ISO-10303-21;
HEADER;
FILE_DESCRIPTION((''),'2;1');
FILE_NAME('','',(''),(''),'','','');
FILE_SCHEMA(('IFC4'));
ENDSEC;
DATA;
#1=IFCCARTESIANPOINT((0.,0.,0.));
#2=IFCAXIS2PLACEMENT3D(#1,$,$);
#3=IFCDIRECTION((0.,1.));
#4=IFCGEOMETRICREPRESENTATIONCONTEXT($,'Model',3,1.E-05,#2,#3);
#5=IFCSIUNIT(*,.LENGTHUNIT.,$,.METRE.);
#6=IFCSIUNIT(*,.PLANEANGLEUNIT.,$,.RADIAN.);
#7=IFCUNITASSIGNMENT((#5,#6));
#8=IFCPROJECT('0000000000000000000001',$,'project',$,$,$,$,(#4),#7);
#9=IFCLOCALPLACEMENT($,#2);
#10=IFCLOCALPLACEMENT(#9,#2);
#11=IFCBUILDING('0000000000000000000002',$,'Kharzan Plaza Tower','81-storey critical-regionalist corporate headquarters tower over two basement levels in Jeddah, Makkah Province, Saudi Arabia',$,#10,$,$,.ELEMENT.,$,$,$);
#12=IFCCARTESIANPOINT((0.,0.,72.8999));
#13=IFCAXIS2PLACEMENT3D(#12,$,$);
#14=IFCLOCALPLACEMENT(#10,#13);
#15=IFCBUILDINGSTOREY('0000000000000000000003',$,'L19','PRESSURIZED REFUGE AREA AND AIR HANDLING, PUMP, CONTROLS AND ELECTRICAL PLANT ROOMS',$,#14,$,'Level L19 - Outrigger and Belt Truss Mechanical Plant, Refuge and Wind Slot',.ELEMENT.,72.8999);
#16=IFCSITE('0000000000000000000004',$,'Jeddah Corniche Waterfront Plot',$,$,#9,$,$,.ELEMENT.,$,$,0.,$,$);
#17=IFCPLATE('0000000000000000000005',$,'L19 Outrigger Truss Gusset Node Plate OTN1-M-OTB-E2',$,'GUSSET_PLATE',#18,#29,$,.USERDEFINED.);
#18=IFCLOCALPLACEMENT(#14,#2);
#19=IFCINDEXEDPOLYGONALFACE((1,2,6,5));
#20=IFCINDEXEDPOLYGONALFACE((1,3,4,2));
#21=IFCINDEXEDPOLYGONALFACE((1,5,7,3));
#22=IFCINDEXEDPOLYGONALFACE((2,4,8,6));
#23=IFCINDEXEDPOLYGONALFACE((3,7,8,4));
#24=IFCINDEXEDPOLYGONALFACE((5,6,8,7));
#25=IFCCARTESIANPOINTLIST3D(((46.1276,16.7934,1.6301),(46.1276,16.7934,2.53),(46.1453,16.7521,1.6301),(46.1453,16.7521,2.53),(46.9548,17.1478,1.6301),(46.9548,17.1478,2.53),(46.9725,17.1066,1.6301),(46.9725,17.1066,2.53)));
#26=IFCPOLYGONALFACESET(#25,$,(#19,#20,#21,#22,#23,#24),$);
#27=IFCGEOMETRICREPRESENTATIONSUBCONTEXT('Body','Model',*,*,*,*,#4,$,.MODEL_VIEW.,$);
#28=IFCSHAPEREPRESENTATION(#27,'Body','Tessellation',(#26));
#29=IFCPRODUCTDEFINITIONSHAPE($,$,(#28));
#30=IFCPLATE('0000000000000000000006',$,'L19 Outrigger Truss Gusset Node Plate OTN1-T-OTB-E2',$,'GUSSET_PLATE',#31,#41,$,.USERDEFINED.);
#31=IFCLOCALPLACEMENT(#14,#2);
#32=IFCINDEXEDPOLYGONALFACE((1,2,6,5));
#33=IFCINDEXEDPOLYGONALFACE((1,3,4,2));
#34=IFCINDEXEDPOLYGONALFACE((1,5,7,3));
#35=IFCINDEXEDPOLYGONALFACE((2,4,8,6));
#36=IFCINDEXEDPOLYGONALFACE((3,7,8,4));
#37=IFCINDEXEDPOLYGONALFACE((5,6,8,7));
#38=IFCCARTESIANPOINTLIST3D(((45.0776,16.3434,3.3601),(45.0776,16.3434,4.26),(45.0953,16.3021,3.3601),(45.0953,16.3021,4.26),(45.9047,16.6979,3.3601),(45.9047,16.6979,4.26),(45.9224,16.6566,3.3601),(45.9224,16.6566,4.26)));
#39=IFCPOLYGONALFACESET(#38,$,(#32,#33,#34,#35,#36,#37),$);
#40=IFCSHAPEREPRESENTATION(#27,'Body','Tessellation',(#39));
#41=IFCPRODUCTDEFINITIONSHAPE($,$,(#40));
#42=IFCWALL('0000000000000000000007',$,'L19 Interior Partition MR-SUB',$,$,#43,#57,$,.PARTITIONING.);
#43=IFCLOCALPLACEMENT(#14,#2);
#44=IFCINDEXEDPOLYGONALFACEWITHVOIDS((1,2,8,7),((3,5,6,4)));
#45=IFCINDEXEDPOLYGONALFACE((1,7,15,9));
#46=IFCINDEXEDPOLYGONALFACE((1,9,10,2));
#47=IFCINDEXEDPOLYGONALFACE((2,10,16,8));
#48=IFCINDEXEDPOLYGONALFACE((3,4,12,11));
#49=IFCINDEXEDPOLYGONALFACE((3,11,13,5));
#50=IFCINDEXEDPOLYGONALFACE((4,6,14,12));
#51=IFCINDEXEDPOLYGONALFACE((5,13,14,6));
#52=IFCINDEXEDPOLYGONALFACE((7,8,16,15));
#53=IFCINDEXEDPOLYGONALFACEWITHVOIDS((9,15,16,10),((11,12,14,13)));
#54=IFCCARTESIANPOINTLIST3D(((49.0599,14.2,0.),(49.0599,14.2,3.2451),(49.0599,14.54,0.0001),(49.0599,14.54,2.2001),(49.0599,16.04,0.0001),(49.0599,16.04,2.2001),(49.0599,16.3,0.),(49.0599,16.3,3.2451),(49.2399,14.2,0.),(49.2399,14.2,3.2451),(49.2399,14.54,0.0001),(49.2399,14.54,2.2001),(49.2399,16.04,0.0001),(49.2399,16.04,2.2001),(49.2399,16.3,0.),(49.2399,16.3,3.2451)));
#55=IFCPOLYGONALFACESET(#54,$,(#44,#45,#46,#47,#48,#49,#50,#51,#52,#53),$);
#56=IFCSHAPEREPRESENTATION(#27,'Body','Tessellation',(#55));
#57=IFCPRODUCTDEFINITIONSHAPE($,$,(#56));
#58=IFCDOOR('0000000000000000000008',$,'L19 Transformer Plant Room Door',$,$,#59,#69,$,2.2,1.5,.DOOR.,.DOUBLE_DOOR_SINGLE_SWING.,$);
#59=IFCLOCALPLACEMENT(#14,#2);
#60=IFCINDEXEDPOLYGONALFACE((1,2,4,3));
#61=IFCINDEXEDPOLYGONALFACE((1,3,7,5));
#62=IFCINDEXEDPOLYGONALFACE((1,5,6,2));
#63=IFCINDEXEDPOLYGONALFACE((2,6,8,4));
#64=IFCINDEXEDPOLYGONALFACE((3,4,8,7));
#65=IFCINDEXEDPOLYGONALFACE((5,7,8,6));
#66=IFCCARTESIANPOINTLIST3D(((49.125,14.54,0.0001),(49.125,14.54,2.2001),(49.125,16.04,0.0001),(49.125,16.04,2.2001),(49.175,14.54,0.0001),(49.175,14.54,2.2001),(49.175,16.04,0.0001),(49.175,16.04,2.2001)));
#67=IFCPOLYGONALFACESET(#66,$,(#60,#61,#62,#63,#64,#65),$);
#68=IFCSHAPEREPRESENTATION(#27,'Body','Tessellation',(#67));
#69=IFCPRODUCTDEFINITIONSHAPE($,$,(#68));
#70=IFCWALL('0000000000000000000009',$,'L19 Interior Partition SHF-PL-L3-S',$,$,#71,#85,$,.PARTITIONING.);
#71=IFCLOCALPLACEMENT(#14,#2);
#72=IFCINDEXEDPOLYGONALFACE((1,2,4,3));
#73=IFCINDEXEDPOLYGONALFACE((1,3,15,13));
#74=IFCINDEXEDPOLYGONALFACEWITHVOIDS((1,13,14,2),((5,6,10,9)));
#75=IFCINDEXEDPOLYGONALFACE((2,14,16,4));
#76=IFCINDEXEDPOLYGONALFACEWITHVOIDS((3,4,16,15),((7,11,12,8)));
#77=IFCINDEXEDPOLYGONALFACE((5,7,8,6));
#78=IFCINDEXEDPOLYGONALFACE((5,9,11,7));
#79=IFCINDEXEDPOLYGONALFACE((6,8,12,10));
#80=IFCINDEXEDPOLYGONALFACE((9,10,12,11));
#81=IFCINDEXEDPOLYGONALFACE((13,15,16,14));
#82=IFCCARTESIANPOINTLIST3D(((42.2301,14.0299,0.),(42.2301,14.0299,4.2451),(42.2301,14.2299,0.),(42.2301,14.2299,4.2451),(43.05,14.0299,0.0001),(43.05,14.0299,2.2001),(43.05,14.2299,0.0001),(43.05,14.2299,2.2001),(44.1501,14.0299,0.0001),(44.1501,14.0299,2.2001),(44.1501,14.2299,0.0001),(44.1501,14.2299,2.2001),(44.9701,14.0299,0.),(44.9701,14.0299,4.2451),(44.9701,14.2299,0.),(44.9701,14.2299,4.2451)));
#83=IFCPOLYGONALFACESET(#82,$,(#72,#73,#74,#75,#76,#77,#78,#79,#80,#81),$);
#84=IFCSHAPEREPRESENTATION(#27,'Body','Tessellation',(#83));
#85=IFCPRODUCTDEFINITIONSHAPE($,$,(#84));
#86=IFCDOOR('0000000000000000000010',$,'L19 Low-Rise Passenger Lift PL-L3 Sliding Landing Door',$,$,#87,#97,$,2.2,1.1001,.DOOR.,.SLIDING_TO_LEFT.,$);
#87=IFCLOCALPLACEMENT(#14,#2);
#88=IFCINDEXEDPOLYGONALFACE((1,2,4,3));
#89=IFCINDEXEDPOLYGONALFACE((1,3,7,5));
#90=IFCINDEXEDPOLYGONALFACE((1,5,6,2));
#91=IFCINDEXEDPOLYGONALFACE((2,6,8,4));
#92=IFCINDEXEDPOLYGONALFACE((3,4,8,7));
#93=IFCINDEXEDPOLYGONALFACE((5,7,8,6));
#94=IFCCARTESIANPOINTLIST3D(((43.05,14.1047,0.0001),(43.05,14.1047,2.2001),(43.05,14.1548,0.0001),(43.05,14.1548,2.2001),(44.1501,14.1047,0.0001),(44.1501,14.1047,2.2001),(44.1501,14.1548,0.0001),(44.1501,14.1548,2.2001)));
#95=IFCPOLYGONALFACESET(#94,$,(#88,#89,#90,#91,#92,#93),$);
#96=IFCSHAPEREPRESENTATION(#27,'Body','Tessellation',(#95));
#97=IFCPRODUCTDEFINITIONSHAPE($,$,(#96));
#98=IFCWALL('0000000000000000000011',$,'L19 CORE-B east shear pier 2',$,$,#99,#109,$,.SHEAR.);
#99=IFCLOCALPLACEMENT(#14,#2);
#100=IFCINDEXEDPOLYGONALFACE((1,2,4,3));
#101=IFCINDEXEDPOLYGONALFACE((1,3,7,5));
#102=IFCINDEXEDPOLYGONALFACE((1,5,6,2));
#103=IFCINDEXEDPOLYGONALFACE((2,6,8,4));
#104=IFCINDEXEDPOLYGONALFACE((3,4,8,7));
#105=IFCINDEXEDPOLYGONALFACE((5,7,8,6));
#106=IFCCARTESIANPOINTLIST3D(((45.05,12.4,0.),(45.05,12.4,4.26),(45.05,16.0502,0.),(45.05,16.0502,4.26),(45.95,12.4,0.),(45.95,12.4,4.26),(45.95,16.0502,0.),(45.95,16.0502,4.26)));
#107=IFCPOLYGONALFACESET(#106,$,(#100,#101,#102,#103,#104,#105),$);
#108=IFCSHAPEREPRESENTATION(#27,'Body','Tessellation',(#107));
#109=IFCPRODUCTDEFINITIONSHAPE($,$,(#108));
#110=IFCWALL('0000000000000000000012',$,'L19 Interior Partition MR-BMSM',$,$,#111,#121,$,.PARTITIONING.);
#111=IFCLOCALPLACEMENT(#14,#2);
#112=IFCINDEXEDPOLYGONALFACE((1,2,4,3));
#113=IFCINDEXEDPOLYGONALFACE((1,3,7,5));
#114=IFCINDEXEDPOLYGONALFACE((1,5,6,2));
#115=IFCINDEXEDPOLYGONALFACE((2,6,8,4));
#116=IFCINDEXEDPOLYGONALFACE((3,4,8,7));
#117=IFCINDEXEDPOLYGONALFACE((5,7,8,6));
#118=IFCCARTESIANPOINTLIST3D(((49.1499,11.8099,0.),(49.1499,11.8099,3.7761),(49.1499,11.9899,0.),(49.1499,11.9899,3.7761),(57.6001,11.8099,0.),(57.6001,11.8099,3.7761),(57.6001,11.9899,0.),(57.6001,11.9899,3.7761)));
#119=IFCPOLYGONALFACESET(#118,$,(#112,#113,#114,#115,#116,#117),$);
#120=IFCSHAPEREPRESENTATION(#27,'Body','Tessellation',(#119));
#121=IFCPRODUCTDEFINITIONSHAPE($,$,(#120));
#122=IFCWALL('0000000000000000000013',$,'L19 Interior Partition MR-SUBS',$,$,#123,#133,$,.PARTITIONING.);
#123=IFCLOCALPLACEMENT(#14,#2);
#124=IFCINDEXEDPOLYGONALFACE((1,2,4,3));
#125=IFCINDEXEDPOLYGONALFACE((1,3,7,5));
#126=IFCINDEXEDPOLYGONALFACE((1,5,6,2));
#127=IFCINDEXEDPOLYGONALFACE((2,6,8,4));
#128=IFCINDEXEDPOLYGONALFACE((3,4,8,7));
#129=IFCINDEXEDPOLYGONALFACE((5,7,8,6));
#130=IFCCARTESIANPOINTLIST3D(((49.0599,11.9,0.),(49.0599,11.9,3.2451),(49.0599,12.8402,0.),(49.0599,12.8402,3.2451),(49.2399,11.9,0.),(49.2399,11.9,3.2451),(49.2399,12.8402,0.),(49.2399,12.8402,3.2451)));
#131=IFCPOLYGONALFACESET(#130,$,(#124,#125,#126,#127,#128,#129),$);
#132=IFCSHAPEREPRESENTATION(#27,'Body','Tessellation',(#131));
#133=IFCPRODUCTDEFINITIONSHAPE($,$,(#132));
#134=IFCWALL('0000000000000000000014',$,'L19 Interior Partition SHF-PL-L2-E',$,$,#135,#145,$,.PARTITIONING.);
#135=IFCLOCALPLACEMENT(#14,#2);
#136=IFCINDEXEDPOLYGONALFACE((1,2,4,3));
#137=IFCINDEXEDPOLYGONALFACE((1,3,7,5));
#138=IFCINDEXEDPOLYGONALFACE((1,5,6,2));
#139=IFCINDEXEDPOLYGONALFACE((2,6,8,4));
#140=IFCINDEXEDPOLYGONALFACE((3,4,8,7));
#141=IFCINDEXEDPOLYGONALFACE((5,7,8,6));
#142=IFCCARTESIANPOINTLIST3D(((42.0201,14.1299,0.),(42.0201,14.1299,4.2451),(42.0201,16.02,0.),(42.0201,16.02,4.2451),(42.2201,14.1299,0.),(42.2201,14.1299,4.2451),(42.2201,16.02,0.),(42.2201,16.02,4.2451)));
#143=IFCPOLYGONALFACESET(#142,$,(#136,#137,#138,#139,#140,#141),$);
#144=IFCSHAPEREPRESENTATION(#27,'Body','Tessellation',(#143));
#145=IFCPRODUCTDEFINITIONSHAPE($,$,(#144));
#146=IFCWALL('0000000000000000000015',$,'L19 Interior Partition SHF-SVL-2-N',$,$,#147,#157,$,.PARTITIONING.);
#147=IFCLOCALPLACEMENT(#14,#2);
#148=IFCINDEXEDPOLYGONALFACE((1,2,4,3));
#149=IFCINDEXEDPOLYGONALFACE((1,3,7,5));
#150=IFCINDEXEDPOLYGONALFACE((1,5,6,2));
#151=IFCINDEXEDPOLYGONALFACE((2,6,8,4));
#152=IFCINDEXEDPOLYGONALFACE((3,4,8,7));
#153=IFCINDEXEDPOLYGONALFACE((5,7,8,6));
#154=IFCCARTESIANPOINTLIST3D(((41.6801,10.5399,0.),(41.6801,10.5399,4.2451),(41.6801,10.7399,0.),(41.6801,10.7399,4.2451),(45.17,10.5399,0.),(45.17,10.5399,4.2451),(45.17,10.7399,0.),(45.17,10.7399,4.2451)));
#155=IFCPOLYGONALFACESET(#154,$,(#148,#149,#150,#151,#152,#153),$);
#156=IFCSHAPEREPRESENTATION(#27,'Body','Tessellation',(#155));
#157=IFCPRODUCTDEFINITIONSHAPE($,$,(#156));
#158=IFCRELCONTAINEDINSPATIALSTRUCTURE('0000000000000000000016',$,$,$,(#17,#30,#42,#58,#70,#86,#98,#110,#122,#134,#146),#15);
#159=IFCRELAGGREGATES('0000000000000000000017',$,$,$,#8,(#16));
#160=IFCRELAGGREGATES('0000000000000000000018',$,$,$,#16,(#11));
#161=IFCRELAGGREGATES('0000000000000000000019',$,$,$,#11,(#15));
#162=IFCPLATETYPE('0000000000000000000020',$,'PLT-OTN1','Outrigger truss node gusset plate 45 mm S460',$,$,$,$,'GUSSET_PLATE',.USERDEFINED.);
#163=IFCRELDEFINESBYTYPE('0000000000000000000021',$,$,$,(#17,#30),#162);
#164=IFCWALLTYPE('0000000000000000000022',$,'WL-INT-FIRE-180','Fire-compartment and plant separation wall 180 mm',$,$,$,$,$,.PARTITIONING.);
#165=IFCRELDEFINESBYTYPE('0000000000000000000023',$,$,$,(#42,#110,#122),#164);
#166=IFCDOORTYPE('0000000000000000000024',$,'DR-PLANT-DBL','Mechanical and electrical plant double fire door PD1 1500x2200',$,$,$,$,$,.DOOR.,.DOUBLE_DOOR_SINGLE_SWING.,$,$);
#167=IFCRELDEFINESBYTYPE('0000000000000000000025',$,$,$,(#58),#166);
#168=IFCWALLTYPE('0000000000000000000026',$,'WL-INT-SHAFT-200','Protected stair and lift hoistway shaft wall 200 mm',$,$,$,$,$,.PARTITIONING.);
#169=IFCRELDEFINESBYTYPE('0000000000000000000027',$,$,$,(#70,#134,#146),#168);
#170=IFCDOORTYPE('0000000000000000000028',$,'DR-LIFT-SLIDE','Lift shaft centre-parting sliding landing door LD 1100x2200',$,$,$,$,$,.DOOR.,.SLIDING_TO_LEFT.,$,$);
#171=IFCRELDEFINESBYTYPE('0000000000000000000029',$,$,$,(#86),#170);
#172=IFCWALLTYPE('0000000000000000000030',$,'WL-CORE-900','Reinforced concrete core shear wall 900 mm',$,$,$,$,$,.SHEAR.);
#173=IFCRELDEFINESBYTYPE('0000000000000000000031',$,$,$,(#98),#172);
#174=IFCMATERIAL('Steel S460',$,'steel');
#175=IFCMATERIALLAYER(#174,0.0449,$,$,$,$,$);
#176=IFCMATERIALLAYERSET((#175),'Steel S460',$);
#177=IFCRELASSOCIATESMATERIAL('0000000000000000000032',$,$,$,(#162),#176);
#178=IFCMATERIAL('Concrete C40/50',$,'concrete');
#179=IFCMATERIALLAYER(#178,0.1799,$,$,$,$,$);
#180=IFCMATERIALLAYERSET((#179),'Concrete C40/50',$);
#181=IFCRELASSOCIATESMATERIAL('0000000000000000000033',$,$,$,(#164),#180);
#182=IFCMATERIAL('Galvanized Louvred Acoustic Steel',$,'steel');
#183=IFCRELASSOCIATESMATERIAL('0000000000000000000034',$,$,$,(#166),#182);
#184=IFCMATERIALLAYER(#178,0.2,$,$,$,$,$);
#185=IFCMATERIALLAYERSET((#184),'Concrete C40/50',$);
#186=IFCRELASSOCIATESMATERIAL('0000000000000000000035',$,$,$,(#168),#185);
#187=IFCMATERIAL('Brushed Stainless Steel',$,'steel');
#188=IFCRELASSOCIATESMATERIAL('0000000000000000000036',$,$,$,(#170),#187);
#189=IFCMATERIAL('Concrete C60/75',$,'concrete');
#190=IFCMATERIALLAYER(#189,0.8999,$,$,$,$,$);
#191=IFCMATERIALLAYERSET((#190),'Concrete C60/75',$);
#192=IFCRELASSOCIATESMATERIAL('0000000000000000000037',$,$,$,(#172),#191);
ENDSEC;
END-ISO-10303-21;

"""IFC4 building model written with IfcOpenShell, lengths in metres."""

from ifc_helpers import new_model, si_unit, direction, frame, frame_2d, origin, origin_2d, place, context, subcontext, project, spatial, rectangle, extrude, source, transform, mapped, material, layer, layer_set, type_object, element, fill, save


model = new_model("IFC4")

# Units and contexts
model_context = context("Model", 3, precision=1e-05, world=origin(), true_north=direction((0.0, 1.0)))
body_context = subcontext(model_context, "Body", "Model", "MODEL_VIEW")
ifc_project = project(units=[si_unit("LENGTHUNIT", "METRE"), si_unit("PLANEANGLEUNIT", "RADIAN")], contexts=[model_context])

# Site, building, storey
site_placement = place(None, origin())
site = spatial("IfcSite", under=ifc_project, at=site_placement, Name="Jeddah Corniche Waterfront Plot", CompositionType="ELEMENT", RefElevation=0.0)
building_placement = place(site_placement, origin())
building = spatial("IfcBuilding", under=site, at=building_placement, Name="Kharzan Plaza Tower", Description="81-storey critical-regionalist corporate headquarters tower over two basement levels in Jeddah, Makkah Province, Saudi Arabia", CompositionType="ELEMENT")
storey_placement = place(building_placement, frame((0.0, 0.0, 72.8999)))
storey = spatial("IfcBuildingStorey", under=building, at=storey_placement, Name="L19", Description="PRESSURIZED REFUGE AREA AND AIR HANDLING, PUMP, CONTROLS AND ELECTRICAL PLANT ROOMS", LongName="Level L19 - Outrigger and Belt Truss Mechanical Plant, Refuge and Wind Slot", CompositionType="ELEMENT", Elevation=72.8999)

# Shared definitions
ifc_material_1 = material(Name="Concrete C60/75", Category="concrete")

# Plates
ifc_material_2 = material(Name="Steel S460", Category="steel")
ifc_layer_1 = layer(ifc_material_2, 0.0449)
ifc_layer_set_1 = layer_set([ifc_layer_1], Name="Steel S460")
plate_type = type_object("IfcPlateType", Name="PLT-OTN1", Description="Outrigger truss node gusset plate 45 mm S460", ElementType="GUSSET_PLATE", PredefinedType="USERDEFINED", material=ifc_layer_set_1)
shared_shape_1 = source(origin(), body_context, "Body", "SweptSolid", [
    extrude(rectangle(XDim=0.8999, YDim=0.0449, at=origin_2d()), origin(), (0.0, 0.0, 1.0), 0.8999),
])
for number, where, z_axis, x_axis, name in (
    (1, (46.55, 16.95, 1.6301), (0.0, 0.0, 1.0), (0.919145, 0.393919, 0.0), "L19 Outrigger Truss Gusset Node Plate OTN1-M-OTB-E2"),
    (2, (45.5, 16.5, 3.3601), (0.0, 0.0, 1.0), (0.919145, 0.393919, 0.0), "L19 Outrigger Truss Gusset Node Plate OTN1-T-OTB-E2"),
):
    element("IfcPlate", number, at=place(storey_placement, frame(where, z_axis=z_axis, x_axis=x_axis)), inside=storey, type_object=plate_type, Name=name, ObjectType="GUSSET_PLATE", PredefinedType="USERDEFINED", context=body_context, shape_type="MappedRepresentation", body=[
        mapped(shared_shape_1, transform((0.0, 0.0, 0.0), x_axis=(1.0, 0.0, 0.0), y_axis=(0.0, 1.0, 0.0), z_axis=(0.0, 0.0, 1.0))),
    ])

# Walls, openings, doors
ifc_material_3 = material(Name="Concrete C40/50", Category="concrete")
ifc_layer_2 = layer(ifc_material_3, 0.1799)
ifc_layer_set_2 = layer_set([ifc_layer_2], Name="Concrete C40/50")
wall_type_1 = type_object("IfcWallType", Name="WL-INT-FIRE-180", Description="Fire-compartment and plant separation wall 180 mm", PredefinedType="PARTITIONING", material=ifc_layer_set_2)
wall_1_placement = place(storey_placement, frame((49.1499, 14.2, 0.0), z_axis=(0.0, 0.0, 1.0), x_axis=(0.0, 1.0, 0.0)))
wall_1 = element("IfcWall", 3, at=wall_1_placement, inside=storey, type_object=wall_type_1, Name="L19 Interior Partition MR-SUB", PredefinedType="PARTITIONING", context=body_context, shape_type="SweptSolid", body=[
    extrude(rectangle(XDim=2.1001, YDim=0.1799, at=frame_2d((1.05, 0.0))), origin(), (0.0, 0.0, 1.0), 3.2451),
])
opening_1_placement = place(wall_1_placement, frame((0.3401, 0.0, 0.0)))
opening_1 = element("IfcOpeningElement", 4, at=opening_1_placement, cuts=wall_1, PredefinedType="OPENING", context=body_context, shape_type="SweptSolid", body=[
    extrude(rectangle(XDim=1.5, YDim=2.2, at=frame_2d((0.75, 1.1001))), frame((0.0, 0.0999, 0.0), z_axis=(0.0, -1.0, 0.0), x_axis=(1.0, 0.0, 0.0)), (0.0, 0.0, 1.0), 0.2),
])
ifc_material_4 = material(Name="Galvanized Louvred Acoustic Steel", Category="steel")
door_type_1 = type_object("IfcDoorType", Name="DR-PLANT-DBL", Description="Mechanical and electrical plant double fire door PD1 1500x2200", OperationType="DOUBLE_DOOR_SINGLE_SWING", PredefinedType="DOOR", material=ifc_material_4)
shared_shape_2 = source(origin(), body_context, "Body", "SweptSolid", [
    extrude(rectangle(XDim=1.5, YDim=2.2, at=frame_2d((0.75, 1.1001))), frame((0.0, 0.0249, 0.0), z_axis=(0.0, -1.0, 0.0), x_axis=(1.0, 0.0, 0.0)), (0.0, 0.0, 1.0), 0.05),
])
door_1_placement = place(opening_1_placement, origin())
door_1 = element("IfcDoor", 5, at=door_1_placement, inside=storey, type_object=door_type_1, Name="L19 Transformer Plant Room Door", OperationType="DOUBLE_DOOR_SINGLE_SWING", OverallHeight=2.2, OverallWidth=1.5, PredefinedType="DOOR", context=body_context, shape_type="MappedRepresentation", body=[
    mapped(shared_shape_2, transform((0.0, 0.0, 0.0), x_axis=(1.0, 0.0, 0.0), y_axis=(0.0, 1.0, 0.0), z_axis=(0.0, 0.0, 1.0))),
])
fill(opening_1, door_1)
ifc_layer_3 = layer(ifc_material_3, 0.2)
ifc_layer_set_3 = layer_set([ifc_layer_3], Name="Concrete C40/50")
wall_type_2 = type_object("IfcWallType", Name="WL-INT-SHAFT-200", Description="Protected stair and lift hoistway shaft wall 200 mm", PredefinedType="PARTITIONING", material=ifc_layer_set_3)
wall_2_placement = place(storey_placement, frame((42.23, 14.1299, 0.0), z_axis=(0.0, 0.0, 1.0), x_axis=(1.0, 0.0, 0.0)))
wall_2 = element("IfcWall", 6, at=wall_2_placement, inside=storey, type_object=wall_type_2, Name="L19 Interior Partition SHF-PL-L3-S", PredefinedType="PARTITIONING", context=body_context, shape_type="SweptSolid", body=[
    extrude(rectangle(XDim=2.74, YDim=0.2, at=frame_2d((1.3701, 0.0))), origin(), (0.0, 0.0, 1.0), 4.2451),
])
opening_2_placement = place(wall_2_placement, frame((0.8201, 0.0, 0.0)))
opening_2 = element("IfcOpeningElement", 7, at=opening_2_placement, cuts=wall_2, PredefinedType="OPENING", context=body_context, shape_type="SweptSolid", body=[
    extrude(rectangle(XDim=1.1001, YDim=2.2, at=frame_2d((0.55, 1.1001))), frame((0.0, 0.1099, 0.0), z_axis=(0.0, -1.0, 0.0), x_axis=(1.0, 0.0, 0.0)), (0.0, 0.0, 1.0), 0.22),
])
ifc_material_5 = material(Name="Brushed Stainless Steel", Category="steel")
door_type_2 = type_object("IfcDoorType", Name="DR-LIFT-SLIDE", Description="Lift shaft centre-parting sliding landing door LD 1100x2200", OperationType="SLIDING_TO_LEFT", PredefinedType="DOOR", material=ifc_material_5)
shared_shape_3 = source(origin(), body_context, "Body", "SweptSolid", [
    extrude(rectangle(XDim=1.1001, YDim=2.2, at=frame_2d((0.55, 1.1001))), frame((0.0, 0.0249, 0.0), z_axis=(0.0, -1.0, 0.0), x_axis=(1.0, 0.0, 0.0)), (0.0, 0.0, 1.0), 0.05),
])
door_2_placement = place(opening_2_placement, origin())
door_2 = element("IfcDoor", 8, at=door_2_placement, inside=storey, type_object=door_type_2, Name="L19 Low-Rise Passenger Lift PL-L3 Sliding Landing Door", OperationType="SLIDING_TO_LEFT", OverallHeight=2.2, OverallWidth=1.1001, PredefinedType="DOOR", context=body_context, shape_type="MappedRepresentation", body=[
    mapped(shared_shape_3, transform((0.0, 0.0, 0.0), x_axis=(1.0, 0.0, 0.0), y_axis=(0.0, 1.0, 0.0), z_axis=(0.0, 0.0, 1.0))),
])
fill(opening_2, door_2)

# Walls
ifc_layer_4 = layer(ifc_material_1, 0.8999)
ifc_layer_set_4 = layer_set([ifc_layer_4], Name="Concrete C60/75")
wall_type_3 = type_object("IfcWallType", Name="WL-CORE-900", Description="Reinforced concrete core shear wall 900 mm", PredefinedType="SHEAR", material=ifc_layer_set_4)
shared_shape_4 = source(origin(), body_context, "Body", "SweptSolid", [
    extrude(rectangle(XDim=3.6501, YDim=0.8999, at=frame_2d((1.8252, 0.0))), origin(), (0.0, 0.0, 1.0), 4.26),
])
wall_3_placement = place(storey_placement, frame((45.5, 12.3999, 0.0), z_axis=(0.0, 0.0, 1.0), x_axis=(0.0, 1.0, 0.0)))
element("IfcWall", 9, at=wall_3_placement, inside=storey, type_object=wall_type_3, Name="L19 CORE-B east shear pier 2", PredefinedType="SHEAR", context=body_context, shape_type="MappedRepresentation", body=[
    mapped(shared_shape_4, transform((0.0, 0.0, 0.0), x_axis=(1.0, 0.0, 0.0), y_axis=(0.0, 1.0, 0.0), z_axis=(0.0, 0.0, 1.0))),
])
shared_shape_5 = source(origin(), body_context, "Body", "SweptSolid", [
    extrude(rectangle(XDim=8.4502, YDim=0.1799, at=frame_2d((4.2251, 0.0))), origin(), (0.0, 0.0, 1.0), 3.7761),
])
wall_4_placement = place(storey_placement, frame((49.1499, 11.8999, 0.0), z_axis=(0.0, 0.0, 1.0), x_axis=(1.0, 0.0, 0.0)))
element("IfcWall", 10, at=wall_4_placement, inside=storey, type_object=wall_type_1, Name="L19 Interior Partition MR-BMSM", PredefinedType="PARTITIONING", context=body_context, shape_type="MappedRepresentation", body=[
    mapped(shared_shape_5, transform((0.0, 0.0, 0.0), x_axis=(1.0, 0.0, 0.0), y_axis=(0.0, 1.0, 0.0), z_axis=(0.0, 0.0, 1.0))),
])
shared_shape_6 = source(origin(), body_context, "Body", "SweptSolid", [
    extrude(rectangle(XDim=0.9402, YDim=0.1799, at=frame_2d((0.4702, 0.0))), origin(), (0.0, 0.0, 1.0), 3.2451),
])
wall_5_placement = place(storey_placement, frame((49.1499, 11.8999, 0.0), z_axis=(0.0, 0.0, 1.0), x_axis=(0.0, 1.0, 0.0)))
element("IfcWall", 11, at=wall_5_placement, inside=storey, type_object=wall_type_1, Name="L19 Interior Partition MR-SUBS", PredefinedType="PARTITIONING", context=body_context, shape_type="MappedRepresentation", body=[
    mapped(shared_shape_6, transform((0.0, 0.0, 0.0), x_axis=(1.0, 0.0, 0.0), y_axis=(0.0, 1.0, 0.0), z_axis=(0.0, 0.0, 1.0))),
])
shared_shape_7 = source(origin(), body_context, "Body", "SweptSolid", [
    extrude(rectangle(XDim=1.8901, YDim=0.2, at=frame_2d((0.9451, 0.0))), origin(), (0.0, 0.0, 1.0), 4.2451),
])
wall_6_placement = place(storey_placement, frame((42.1201, 14.1299, 0.0), z_axis=(0.0, 0.0, 1.0), x_axis=(0.0, 1.0, 0.0)))
element("IfcWall", 12, at=wall_6_placement, inside=storey, type_object=wall_type_2, Name="L19 Interior Partition SHF-PL-L2-E", PredefinedType="PARTITIONING", context=body_context, shape_type="MappedRepresentation", body=[
    mapped(shared_shape_7, transform((0.0, 0.0, 0.0), x_axis=(1.0, 0.0, 0.0), y_axis=(0.0, 1.0, 0.0), z_axis=(0.0, 0.0, 1.0))),
])
shared_shape_8 = source(origin(), body_context, "Body", "SweptSolid", [
    extrude(rectangle(XDim=3.49, YDim=0.2, at=frame_2d((1.7451, 0.0))), origin(), (0.0, 0.0, 1.0), 4.2451),
])
wall_7_placement = place(storey_placement, frame((41.6799, 10.6399, 0.0), z_axis=(0.0, 0.0, 1.0), x_axis=(1.0, 0.0, 0.0)))
element("IfcWall", 13, at=wall_7_placement, inside=storey, type_object=wall_type_2, Name="L19 Interior Partition SHF-SVL-2-N", PredefinedType="PARTITIONING", context=body_context, shape_type="MappedRepresentation", body=[
    mapped(shared_shape_8, transform((0.0, 0.0, 0.0), x_axis=(1.0, 0.0, 0.0), y_axis=(0.0, 1.0, 0.0), z_axis=(0.0, 0.0, 1.0))),
])

save(model, "model.ifc")
